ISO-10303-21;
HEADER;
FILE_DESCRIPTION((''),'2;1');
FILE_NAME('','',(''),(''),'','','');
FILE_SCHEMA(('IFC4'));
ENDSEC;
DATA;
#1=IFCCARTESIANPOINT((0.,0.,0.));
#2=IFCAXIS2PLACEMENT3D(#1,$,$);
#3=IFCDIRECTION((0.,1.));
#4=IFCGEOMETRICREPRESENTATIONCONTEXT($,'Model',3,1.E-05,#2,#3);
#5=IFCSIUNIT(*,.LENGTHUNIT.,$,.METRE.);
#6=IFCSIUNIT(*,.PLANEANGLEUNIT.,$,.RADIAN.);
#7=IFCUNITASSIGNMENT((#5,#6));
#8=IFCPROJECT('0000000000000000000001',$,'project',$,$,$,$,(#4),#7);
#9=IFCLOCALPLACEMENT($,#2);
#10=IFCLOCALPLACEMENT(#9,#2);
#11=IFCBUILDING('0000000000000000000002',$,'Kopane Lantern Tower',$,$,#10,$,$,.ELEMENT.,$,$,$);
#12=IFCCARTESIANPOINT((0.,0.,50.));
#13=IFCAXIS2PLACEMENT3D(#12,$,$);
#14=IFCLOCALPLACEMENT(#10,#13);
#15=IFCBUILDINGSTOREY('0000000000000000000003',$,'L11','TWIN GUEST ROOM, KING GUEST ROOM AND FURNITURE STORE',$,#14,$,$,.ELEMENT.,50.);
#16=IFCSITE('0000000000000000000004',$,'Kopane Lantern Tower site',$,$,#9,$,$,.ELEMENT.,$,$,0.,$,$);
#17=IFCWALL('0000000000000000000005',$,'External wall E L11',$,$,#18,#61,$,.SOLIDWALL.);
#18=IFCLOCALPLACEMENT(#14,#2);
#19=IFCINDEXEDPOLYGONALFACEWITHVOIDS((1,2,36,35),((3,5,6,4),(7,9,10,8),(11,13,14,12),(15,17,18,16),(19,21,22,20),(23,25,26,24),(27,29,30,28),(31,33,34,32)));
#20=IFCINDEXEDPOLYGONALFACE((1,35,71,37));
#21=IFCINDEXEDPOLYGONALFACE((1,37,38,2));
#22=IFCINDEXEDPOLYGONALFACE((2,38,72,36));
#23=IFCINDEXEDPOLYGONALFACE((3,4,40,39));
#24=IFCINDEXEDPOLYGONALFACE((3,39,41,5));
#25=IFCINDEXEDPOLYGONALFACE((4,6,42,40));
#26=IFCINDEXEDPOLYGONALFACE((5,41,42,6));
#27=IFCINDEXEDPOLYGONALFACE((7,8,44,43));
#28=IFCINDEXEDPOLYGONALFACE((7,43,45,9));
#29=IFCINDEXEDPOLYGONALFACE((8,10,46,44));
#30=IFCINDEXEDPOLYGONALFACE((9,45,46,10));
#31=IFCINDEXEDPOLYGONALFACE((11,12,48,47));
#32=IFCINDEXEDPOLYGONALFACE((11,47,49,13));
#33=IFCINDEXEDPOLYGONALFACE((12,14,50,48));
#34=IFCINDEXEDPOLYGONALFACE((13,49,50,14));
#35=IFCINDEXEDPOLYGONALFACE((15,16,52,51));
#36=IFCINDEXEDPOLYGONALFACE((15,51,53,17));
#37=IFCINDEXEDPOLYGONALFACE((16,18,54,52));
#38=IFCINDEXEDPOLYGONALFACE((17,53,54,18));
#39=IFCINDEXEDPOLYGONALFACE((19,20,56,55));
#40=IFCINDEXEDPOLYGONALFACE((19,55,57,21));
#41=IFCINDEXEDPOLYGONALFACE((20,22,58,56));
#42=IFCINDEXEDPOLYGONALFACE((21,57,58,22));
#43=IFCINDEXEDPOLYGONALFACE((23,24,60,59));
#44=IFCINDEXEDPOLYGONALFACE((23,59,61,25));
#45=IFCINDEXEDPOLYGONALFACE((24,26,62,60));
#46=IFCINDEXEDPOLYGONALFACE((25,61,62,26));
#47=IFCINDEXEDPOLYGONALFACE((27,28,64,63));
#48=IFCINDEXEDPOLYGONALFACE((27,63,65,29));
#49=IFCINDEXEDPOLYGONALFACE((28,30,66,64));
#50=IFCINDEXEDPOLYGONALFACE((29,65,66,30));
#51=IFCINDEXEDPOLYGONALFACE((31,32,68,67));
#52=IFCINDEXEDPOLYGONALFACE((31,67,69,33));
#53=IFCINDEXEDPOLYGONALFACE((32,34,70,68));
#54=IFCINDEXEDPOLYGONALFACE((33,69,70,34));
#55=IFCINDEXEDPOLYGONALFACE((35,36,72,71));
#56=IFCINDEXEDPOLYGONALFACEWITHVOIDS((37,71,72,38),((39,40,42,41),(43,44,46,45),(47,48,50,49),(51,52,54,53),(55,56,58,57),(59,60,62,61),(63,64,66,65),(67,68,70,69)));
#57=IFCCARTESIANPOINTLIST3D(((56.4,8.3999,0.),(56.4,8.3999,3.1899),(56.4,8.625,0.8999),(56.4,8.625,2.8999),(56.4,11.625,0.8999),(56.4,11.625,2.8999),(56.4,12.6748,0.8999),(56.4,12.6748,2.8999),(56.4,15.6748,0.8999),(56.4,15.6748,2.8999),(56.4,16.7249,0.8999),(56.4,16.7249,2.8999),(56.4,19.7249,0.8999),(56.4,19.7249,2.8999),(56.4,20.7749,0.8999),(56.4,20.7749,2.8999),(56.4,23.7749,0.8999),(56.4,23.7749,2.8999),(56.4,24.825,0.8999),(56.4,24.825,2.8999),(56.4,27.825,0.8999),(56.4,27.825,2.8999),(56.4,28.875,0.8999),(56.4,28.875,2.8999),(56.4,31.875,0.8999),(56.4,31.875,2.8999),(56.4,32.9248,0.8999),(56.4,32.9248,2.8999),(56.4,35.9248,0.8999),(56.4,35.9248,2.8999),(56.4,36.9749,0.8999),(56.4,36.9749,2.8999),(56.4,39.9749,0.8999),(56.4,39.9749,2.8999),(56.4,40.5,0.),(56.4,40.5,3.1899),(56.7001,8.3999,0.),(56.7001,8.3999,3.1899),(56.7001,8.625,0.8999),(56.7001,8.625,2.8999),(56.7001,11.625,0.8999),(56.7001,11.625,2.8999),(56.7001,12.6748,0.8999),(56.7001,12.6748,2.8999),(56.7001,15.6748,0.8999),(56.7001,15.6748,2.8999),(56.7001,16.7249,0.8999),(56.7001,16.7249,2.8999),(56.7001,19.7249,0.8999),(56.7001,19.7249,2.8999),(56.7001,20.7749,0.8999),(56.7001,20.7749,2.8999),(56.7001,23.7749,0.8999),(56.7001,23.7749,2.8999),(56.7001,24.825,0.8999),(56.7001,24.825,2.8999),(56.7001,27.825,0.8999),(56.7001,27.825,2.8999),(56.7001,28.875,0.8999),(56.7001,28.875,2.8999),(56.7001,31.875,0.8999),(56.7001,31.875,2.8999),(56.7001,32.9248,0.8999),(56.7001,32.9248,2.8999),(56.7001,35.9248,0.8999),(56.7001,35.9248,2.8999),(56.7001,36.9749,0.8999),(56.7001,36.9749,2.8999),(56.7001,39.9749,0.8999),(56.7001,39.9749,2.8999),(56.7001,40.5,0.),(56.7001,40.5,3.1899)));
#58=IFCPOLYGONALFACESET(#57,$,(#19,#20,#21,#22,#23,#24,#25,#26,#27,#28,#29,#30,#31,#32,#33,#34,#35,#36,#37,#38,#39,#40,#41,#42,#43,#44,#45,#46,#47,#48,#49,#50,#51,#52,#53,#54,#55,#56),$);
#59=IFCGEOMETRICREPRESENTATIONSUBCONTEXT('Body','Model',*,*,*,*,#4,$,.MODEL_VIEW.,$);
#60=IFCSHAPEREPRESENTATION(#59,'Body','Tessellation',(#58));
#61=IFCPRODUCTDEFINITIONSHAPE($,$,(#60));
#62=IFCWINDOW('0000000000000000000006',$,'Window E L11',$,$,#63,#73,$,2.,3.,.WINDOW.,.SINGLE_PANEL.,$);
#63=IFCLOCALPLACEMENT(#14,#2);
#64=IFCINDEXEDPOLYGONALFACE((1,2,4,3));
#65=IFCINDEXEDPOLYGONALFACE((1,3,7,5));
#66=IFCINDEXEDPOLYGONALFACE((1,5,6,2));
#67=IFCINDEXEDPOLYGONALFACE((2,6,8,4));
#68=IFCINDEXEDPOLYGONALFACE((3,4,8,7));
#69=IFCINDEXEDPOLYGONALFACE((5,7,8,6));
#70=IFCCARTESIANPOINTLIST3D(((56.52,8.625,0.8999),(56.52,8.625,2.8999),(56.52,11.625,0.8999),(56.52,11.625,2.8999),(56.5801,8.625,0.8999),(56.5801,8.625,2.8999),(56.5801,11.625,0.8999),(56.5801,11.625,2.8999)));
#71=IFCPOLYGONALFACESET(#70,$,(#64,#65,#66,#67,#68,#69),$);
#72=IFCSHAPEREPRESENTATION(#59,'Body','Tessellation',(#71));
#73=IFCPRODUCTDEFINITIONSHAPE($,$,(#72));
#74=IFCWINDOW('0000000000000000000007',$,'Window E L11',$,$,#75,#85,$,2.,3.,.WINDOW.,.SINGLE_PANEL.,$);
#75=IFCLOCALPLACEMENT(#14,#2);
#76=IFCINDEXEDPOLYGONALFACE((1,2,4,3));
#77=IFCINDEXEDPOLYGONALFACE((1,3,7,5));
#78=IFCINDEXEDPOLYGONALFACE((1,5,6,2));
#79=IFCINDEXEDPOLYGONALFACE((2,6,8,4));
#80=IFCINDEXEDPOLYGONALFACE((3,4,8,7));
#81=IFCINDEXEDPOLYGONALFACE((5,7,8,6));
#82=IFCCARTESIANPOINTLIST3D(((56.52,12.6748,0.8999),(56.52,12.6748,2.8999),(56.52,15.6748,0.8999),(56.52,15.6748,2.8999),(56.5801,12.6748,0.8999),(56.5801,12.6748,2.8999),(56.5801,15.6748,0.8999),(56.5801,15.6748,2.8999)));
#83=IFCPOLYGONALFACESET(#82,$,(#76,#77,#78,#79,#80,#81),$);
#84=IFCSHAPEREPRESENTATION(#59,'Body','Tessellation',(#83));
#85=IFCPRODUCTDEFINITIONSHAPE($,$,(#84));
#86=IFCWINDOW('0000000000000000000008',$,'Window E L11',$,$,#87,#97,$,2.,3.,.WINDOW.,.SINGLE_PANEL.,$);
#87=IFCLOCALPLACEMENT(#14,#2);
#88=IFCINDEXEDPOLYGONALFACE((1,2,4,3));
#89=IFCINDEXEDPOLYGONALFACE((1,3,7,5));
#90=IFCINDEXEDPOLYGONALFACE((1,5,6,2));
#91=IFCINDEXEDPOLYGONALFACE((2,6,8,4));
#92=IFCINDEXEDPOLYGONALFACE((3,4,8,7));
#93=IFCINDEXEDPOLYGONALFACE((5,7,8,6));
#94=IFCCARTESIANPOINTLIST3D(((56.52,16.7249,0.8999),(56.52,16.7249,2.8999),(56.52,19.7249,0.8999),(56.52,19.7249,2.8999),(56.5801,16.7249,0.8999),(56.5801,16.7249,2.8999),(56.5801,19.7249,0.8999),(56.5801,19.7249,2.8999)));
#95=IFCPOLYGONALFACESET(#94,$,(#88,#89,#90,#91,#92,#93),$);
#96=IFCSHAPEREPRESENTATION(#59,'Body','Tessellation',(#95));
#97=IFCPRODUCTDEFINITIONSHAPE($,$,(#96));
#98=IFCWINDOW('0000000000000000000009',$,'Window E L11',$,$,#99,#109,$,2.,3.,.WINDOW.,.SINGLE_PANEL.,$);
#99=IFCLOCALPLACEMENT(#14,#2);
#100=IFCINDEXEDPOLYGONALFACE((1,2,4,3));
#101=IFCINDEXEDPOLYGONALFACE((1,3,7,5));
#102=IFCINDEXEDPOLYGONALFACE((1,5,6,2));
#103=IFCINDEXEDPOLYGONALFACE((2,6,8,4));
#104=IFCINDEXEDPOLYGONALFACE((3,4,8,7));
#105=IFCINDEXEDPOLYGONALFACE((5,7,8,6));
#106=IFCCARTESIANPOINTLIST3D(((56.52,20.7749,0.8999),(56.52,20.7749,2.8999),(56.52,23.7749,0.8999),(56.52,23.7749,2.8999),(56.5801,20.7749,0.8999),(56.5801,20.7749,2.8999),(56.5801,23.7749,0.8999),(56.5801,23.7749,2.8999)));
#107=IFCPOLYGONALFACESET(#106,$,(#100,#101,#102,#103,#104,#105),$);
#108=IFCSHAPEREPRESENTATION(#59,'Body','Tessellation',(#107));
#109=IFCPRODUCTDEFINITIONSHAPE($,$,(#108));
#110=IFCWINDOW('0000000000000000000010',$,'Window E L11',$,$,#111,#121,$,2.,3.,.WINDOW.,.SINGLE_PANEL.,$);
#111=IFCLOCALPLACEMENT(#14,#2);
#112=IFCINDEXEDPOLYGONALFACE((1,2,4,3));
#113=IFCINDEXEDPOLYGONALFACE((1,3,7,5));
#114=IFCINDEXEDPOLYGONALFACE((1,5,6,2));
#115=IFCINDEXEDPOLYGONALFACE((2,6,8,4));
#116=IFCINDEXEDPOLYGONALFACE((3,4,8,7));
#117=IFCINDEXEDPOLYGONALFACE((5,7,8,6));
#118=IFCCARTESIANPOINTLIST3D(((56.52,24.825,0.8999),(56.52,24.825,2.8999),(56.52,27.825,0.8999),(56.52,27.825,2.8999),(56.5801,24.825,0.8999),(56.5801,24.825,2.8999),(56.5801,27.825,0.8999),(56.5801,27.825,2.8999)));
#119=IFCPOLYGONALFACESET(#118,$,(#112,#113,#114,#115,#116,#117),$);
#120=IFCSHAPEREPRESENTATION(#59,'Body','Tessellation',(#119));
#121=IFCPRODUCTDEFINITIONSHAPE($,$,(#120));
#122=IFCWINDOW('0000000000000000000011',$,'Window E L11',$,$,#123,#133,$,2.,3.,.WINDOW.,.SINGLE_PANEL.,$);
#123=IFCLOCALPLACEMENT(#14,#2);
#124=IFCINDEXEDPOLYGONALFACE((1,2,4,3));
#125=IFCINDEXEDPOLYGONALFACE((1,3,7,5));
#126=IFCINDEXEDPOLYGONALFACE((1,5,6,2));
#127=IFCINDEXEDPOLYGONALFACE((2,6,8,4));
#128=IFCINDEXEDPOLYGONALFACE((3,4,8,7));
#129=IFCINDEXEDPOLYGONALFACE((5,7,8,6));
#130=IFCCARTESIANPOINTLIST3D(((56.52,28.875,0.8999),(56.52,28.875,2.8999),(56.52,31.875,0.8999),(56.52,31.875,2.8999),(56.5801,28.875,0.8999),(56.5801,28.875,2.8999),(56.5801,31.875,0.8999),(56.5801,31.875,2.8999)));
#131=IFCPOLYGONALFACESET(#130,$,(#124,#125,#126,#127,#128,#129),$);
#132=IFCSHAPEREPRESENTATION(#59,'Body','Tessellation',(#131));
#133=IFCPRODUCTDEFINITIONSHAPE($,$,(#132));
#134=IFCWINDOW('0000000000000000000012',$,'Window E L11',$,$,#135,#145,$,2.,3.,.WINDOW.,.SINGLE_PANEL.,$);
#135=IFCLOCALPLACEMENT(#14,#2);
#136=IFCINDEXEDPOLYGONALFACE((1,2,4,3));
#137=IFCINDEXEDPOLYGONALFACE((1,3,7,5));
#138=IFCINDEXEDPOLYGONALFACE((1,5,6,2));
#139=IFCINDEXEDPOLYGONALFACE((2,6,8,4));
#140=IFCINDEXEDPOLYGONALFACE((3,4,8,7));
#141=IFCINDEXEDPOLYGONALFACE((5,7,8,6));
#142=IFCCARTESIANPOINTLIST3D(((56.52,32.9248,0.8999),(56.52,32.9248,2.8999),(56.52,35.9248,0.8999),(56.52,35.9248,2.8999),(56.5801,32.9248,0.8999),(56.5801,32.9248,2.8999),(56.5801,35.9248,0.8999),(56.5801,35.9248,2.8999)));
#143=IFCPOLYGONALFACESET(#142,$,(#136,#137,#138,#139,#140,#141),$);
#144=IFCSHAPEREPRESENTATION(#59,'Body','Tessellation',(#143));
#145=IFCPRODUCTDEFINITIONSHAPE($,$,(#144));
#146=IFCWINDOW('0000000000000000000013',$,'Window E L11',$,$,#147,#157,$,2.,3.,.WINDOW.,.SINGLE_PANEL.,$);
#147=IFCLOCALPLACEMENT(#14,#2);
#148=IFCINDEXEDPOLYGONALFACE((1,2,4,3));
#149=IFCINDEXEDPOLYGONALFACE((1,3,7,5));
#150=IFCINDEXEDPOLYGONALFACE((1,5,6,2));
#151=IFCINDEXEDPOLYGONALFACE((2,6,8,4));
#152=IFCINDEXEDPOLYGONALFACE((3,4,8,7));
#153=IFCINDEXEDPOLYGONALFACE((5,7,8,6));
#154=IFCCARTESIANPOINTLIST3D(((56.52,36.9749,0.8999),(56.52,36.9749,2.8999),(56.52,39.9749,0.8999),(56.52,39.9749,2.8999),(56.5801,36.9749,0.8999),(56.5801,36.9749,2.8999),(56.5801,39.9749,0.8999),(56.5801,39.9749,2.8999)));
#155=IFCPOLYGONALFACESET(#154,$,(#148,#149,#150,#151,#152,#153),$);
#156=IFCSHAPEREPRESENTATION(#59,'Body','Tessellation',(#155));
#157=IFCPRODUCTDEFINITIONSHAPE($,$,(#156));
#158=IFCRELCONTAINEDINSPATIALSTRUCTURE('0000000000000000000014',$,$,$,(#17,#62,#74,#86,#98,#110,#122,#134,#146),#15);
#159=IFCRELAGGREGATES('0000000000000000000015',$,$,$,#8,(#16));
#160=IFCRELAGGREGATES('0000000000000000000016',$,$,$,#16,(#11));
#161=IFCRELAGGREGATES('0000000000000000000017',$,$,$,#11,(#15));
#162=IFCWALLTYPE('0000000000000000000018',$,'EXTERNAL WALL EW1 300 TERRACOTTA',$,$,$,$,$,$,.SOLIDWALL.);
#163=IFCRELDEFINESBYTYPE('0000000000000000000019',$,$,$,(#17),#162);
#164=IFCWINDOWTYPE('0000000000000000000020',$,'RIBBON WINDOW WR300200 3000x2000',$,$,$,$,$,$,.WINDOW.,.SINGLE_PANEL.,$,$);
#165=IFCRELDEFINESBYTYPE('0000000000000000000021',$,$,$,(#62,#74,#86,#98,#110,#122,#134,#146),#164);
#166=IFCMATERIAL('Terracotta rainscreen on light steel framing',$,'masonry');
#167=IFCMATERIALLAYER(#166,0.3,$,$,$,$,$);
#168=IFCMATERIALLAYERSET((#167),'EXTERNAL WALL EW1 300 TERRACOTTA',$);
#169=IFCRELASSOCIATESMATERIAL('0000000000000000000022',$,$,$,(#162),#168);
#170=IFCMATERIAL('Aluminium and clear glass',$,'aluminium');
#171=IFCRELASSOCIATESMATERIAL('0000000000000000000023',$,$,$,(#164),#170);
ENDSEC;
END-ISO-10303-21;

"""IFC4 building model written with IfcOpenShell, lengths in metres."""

from ifc_helpers import new_model, si_unit, direction, frame, frame_2d, origin, place, context, subcontext, project, spatial, rectangle, extrude, material, layer, layer_set, type_object, element, fill, save


model = new_model("IFC4")

# Units and contexts
model_context = context("Model", 3, precision=1e-05, world=origin(), true_north=direction((0.0, 1.0)))
body_context = subcontext(model_context, "Body", "Model", "MODEL_VIEW")
ifc_project = project(units=[si_unit("LENGTHUNIT", "METRE"), si_unit("PLANEANGLEUNIT", "RADIAN")], contexts=[model_context])

# Site, building, storey
site_placement = place(None, origin())
site = spatial("IfcSite", under=ifc_project, at=site_placement, Name="Kopane Lantern Tower site", CompositionType="ELEMENT", RefElevation=0.0)
building_placement = place(site_placement, origin())
building = spatial("IfcBuilding", under=site, at=building_placement, Name="Kopane Lantern Tower", CompositionType="ELEMENT")
storey_placement = place(building_placement, frame((0.0, 0.0, 50.0)))
storey = spatial("IfcBuildingStorey", under=building, at=storey_placement, Name="L11", Description="TWIN GUEST ROOM, KING GUEST ROOM AND FURNITURE STORE", CompositionType="ELEMENT", Elevation=50.0)

# Shared definitions
ifc_material_1 = material(Name="Terracotta rainscreen on light steel framing", Category="masonry")
ifc_layer_1 = layer(ifc_material_1, 0.3)
ifc_layer_set_1 = layer_set([ifc_layer_1], Name="EXTERNAL WALL EW1 300 TERRACOTTA")
wall_type_1 = type_object("IfcWallType", Name="EXTERNAL WALL EW1 300 TERRACOTTA", PredefinedType="SOLIDWALL", material=ifc_layer_set_1)

# Wall, openings, windows
wall_1_placement = place(storey_placement, frame((56.55, 8.3999, 0.0), z_axis=(0.0, 0.0, 1.0), x_axis=(0.0, 1.0, 0.0)))
wall_1 = element("IfcWall", 1, at=wall_1_placement, inside=storey, type_object=wall_type_1, Name="External wall E L11", PredefinedType="SOLIDWALL", context=body_context, shape_type="SweptSolid", body=[
    extrude(rectangle(XDim=32.1001, YDim=0.3, at=frame_2d((16.05, 0.0))), origin(), (0.0, 0.0, 1.0), 3.1899),
])
opening_1_placement = place(wall_1_placement, frame((0.2251, 0.0, 0.8999)))
opening_1 = element("IfcOpeningElement", 2, at=opening_1_placement, cuts=wall_1, PredefinedType="OPENING", context=body_context, shape_type="SweptSolid", body=[
    extrude(rectangle(XDim=3.0, YDim=2.0, at=frame_2d((1.5, 1.0))), frame((0.0, 0.1599, 0.0), z_axis=(0.0, -1.0, 0.0), x_axis=(1.0, 0.0, 0.0)), (0.0, 0.0, 1.0), 0.3201),
])
opening_2_placement = place(wall_1_placement, frame((4.2749, 0.0, 0.8999)))
opening_2 = element("IfcOpeningElement", 3, at=opening_2_placement, cuts=wall_1, PredefinedType="OPENING", context=body_context, shape_type="SweptSolid", body=[
    extrude(rectangle(XDim=3.0, YDim=2.0, at=frame_2d((1.5, 1.0))), frame((0.0, 0.1599, 0.0), z_axis=(0.0, -1.0, 0.0), x_axis=(1.0, 0.0, 0.0)), (0.0, 0.0, 1.0), 0.3201),
])
opening_3_placement = place(wall_1_placement, frame((8.325, 0.0, 0.8999)))
opening_3 = element("IfcOpeningElement", 4, at=opening_3_placement, cuts=wall_1, PredefinedType="OPENING", context=body_context, shape_type="SweptSolid", body=[
    extrude(rectangle(XDim=3.0, YDim=2.0, at=frame_2d((1.5, 1.0))), frame((0.0, 0.1599, 0.0), z_axis=(0.0, -1.0, 0.0), x_axis=(1.0, 0.0, 0.0)), (0.0, 0.0, 1.0), 0.3201),
])
opening_4_placement = place(wall_1_placement, frame((12.375, 0.0, 0.8999)))
opening_4 = element("IfcOpeningElement", 5, at=opening_4_placement, cuts=wall_1, PredefinedType="OPENING", context=body_context, shape_type="SweptSolid", body=[
    extrude(rectangle(XDim=3.0, YDim=2.0, at=frame_2d((1.5, 1.0))), frame((0.0, 0.1599, 0.0), z_axis=(0.0, -1.0, 0.0), x_axis=(1.0, 0.0, 0.0)), (0.0, 0.0, 1.0), 0.3201),
])
opening_5_placement = place(wall_1_placement, frame((16.425, 0.0, 0.8999)))
opening_5 = element("IfcOpeningElement", 6, at=opening_5_placement, cuts=wall_1, PredefinedType="OPENING", context=body_context, shape_type="SweptSolid", body=[
    extrude(rectangle(XDim=3.0, YDim=2.0, at=frame_2d((1.5, 1.0))), frame((0.0, 0.1599, 0.0), z_axis=(0.0, -1.0, 0.0), x_axis=(1.0, 0.0, 0.0)), (0.0, 0.0, 1.0), 0.3201),
])
opening_6_placement = place(wall_1_placement, frame((20.4751, 0.0, 0.8999)))
opening_6 = element("IfcOpeningElement", 7, at=opening_6_placement, cuts=wall_1, PredefinedType="OPENING", context=body_context, shape_type="SweptSolid", body=[
    extrude(rectangle(XDim=3.0, YDim=2.0, at=frame_2d((1.5, 1.0))), frame((0.0, 0.1599, 0.0), z_axis=(0.0, -1.0, 0.0), x_axis=(1.0, 0.0, 0.0)), (0.0, 0.0, 1.0), 0.3201),
])
opening_7_placement = place(wall_1_placement, frame((24.5249, 0.0, 0.8999)))
opening_7 = element("IfcOpeningElement", 8, at=opening_7_placement, cuts=wall_1, PredefinedType="OPENING", context=body_context, shape_type="SweptSolid", body=[
    extrude(rectangle(XDim=3.0, YDim=2.0, at=frame_2d((1.5, 1.0))), frame((0.0, 0.1599, 0.0), z_axis=(0.0, -1.0, 0.0), x_axis=(1.0, 0.0, 0.0)), (0.0, 0.0, 1.0), 0.3201),
])
opening_8_placement = place(wall_1_placement, frame((28.575, 0.0, 0.8999)))
opening_8 = element("IfcOpeningElement", 9, at=opening_8_placement, cuts=wall_1, PredefinedType="OPENING", context=body_context, shape_type="SweptSolid", body=[
    extrude(rectangle(XDim=3.0, YDim=2.0, at=frame_2d((1.5, 1.0))), frame((0.0, 0.1599, 0.0), z_axis=(0.0, -1.0, 0.0), x_axis=(1.0, 0.0, 0.0)), (0.0, 0.0, 1.0), 0.3201),
])
ifc_material_2 = material(Name="Aluminium and clear glass", Category="aluminium")
window_type_1 = type_object("IfcWindowType", Name="RIBBON WINDOW WR300200 3000x2000", PartitioningType="SINGLE_PANEL", PredefinedType="WINDOW", material=ifc_material_2)
window_1_placement = place(opening_1_placement, origin())
window_1 = element("IfcWindow", 10, at=window_1_placement, inside=storey, type_object=window_type_1, Name="Window E L11", OverallHeight=2.0, OverallWidth=3.0, PartitioningType="SINGLE_PANEL", PredefinedType="WINDOW", context=body_context, shape_type="SweptSolid", body=[
    extrude(rectangle(XDim=3.0, YDim=2.0, at=frame_2d((1.5, 1.0))), frame((0.0, 0.03, 0.0), z_axis=(0.0, -1.0, 0.0), x_axis=(1.0, 0.0, 0.0)), (0.0, 0.0, 1.0), 0.0601),
])
fill(opening_1, window_1)
window_2_placement = place(opening_2_placement, origin())
window_2 = element("IfcWindow", 11, at=window_2_placement, inside=storey, type_object=window_type_1, Name="Window E L11", OverallHeight=2.0, OverallWidth=3.0, PartitioningType="SINGLE_PANEL", PredefinedType="WINDOW", context=body_context, shape_type="SweptSolid", body=[
    extrude(rectangle(XDim=3.0, YDim=2.0, at=frame_2d((1.5, 1.0))), frame((0.0, 0.03, 0.0), z_axis=(0.0, -1.0, 0.0), x_axis=(1.0, 0.0, 0.0)), (0.0, 0.0, 1.0), 0.0601),
])
fill(opening_2, window_2)
window_3_placement = place(opening_3_placement, origin())
window_3 = element("IfcWindow", 12, at=window_3_placement, inside=storey, type_object=window_type_1, Name="Window E L11", OverallHeight=2.0, OverallWidth=3.0, PartitioningType="SINGLE_PANEL", PredefinedType="WINDOW", context=body_context, shape_type="SweptSolid", body=[
    extrude(rectangle(XDim=3.0, YDim=2.0, at=frame_2d((1.5, 1.0))), frame((0.0, 0.03, 0.0), z_axis=(0.0, -1.0, 0.0), x_axis=(1.0, 0.0, 0.0)), (0.0, 0.0, 1.0), 0.0601),
])
fill(opening_3, window_3)
window_4_placement = place(opening_4_placement, origin())
window_4 = element("IfcWindow", 13, at=window_4_placement, inside=storey, type_object=window_type_1, Name="Window E L11", OverallHeight=2.0, OverallWidth=3.0, PartitioningType="SINGLE_PANEL", PredefinedType="WINDOW", context=body_context, shape_type="SweptSolid", body=[
    extrude(rectangle(XDim=3.0, YDim=2.0, at=frame_2d((1.5, 1.0))), frame((0.0, 0.03, 0.0), z_axis=(0.0, -1.0, 0.0), x_axis=(1.0, 0.0, 0.0)), (0.0, 0.0, 1.0), 0.0601),
])
fill(opening_4, window_4)
window_5_placement = place(opening_5_placement, origin())
window_5 = element("IfcWindow", 14, at=window_5_placement, inside=storey, type_object=window_type_1, Name="Window E L11", OverallHeight=2.0, OverallWidth=3.0, PartitioningType="SINGLE_PANEL", PredefinedType="WINDOW", context=body_context, shape_type="SweptSolid", body=[
    extrude(rectangle(XDim=3.0, YDim=2.0, at=frame_2d((1.5, 1.0))), frame((0.0, 0.03, 0.0), z_axis=(0.0, -1.0, 0.0), x_axis=(1.0, 0.0, 0.0)), (0.0, 0.0, 1.0), 0.0601),
])
fill(opening_5, window_5)
window_6_placement = place(opening_6_placement, origin())
window_6 = element("IfcWindow", 15, at=window_6_placement, inside=storey, type_object=window_type_1, Name="Window E L11", OverallHeight=2.0, OverallWidth=3.0, PartitioningType="SINGLE_PANEL", PredefinedType="WINDOW", context=body_context, shape_type="SweptSolid", body=[
    extrude(rectangle(XDim=3.0, YDim=2.0, at=frame_2d((1.5, 1.0))), frame((0.0, 0.03, 0.0), z_axis=(0.0, -1.0, 0.0), x_axis=(1.0, 0.0, 0.0)), (0.0, 0.0, 1.0), 0.0601),
])
fill(opening_6, window_6)
window_7_placement = place(opening_7_placement, origin())
window_7 = element("IfcWindow", 16, at=window_7_placement, inside=storey, type_object=window_type_1, Name="Window E L11", OverallHeight=2.0, OverallWidth=3.0, PartitioningType="SINGLE_PANEL", PredefinedType="WINDOW", context=body_context, shape_type="SweptSolid", body=[
    extrude(rectangle(XDim=3.0, YDim=2.0, at=frame_2d((1.5, 1.0))), frame((0.0, 0.03, 0.0), z_axis=(0.0, -1.0, 0.0), x_axis=(1.0, 0.0, 0.0)), (0.0, 0.0, 1.0), 0.0601),
])
fill(opening_7, window_7)
window_8_placement = place(opening_8_placement, origin())
window_8 = element("IfcWindow", 17, at=window_8_placement, inside=storey, type_object=window_type_1, Name="Window E L11", OverallHeight=2.0, OverallWidth=3.0, PartitioningType="SINGLE_PANEL", PredefinedType="WINDOW", context=body_context, shape_type="SweptSolid", body=[
    extrude(rectangle(XDim=3.0, YDim=2.0, at=frame_2d((1.5, 1.0))), frame((0.0, 0.03, 0.0), z_axis=(0.0, -1.0, 0.0), x_axis=(1.0, 0.0, 0.0)), (0.0, 0.0, 1.0), 0.0601),
])
fill(opening_8, window_8)

save(model, "model.ifc")
